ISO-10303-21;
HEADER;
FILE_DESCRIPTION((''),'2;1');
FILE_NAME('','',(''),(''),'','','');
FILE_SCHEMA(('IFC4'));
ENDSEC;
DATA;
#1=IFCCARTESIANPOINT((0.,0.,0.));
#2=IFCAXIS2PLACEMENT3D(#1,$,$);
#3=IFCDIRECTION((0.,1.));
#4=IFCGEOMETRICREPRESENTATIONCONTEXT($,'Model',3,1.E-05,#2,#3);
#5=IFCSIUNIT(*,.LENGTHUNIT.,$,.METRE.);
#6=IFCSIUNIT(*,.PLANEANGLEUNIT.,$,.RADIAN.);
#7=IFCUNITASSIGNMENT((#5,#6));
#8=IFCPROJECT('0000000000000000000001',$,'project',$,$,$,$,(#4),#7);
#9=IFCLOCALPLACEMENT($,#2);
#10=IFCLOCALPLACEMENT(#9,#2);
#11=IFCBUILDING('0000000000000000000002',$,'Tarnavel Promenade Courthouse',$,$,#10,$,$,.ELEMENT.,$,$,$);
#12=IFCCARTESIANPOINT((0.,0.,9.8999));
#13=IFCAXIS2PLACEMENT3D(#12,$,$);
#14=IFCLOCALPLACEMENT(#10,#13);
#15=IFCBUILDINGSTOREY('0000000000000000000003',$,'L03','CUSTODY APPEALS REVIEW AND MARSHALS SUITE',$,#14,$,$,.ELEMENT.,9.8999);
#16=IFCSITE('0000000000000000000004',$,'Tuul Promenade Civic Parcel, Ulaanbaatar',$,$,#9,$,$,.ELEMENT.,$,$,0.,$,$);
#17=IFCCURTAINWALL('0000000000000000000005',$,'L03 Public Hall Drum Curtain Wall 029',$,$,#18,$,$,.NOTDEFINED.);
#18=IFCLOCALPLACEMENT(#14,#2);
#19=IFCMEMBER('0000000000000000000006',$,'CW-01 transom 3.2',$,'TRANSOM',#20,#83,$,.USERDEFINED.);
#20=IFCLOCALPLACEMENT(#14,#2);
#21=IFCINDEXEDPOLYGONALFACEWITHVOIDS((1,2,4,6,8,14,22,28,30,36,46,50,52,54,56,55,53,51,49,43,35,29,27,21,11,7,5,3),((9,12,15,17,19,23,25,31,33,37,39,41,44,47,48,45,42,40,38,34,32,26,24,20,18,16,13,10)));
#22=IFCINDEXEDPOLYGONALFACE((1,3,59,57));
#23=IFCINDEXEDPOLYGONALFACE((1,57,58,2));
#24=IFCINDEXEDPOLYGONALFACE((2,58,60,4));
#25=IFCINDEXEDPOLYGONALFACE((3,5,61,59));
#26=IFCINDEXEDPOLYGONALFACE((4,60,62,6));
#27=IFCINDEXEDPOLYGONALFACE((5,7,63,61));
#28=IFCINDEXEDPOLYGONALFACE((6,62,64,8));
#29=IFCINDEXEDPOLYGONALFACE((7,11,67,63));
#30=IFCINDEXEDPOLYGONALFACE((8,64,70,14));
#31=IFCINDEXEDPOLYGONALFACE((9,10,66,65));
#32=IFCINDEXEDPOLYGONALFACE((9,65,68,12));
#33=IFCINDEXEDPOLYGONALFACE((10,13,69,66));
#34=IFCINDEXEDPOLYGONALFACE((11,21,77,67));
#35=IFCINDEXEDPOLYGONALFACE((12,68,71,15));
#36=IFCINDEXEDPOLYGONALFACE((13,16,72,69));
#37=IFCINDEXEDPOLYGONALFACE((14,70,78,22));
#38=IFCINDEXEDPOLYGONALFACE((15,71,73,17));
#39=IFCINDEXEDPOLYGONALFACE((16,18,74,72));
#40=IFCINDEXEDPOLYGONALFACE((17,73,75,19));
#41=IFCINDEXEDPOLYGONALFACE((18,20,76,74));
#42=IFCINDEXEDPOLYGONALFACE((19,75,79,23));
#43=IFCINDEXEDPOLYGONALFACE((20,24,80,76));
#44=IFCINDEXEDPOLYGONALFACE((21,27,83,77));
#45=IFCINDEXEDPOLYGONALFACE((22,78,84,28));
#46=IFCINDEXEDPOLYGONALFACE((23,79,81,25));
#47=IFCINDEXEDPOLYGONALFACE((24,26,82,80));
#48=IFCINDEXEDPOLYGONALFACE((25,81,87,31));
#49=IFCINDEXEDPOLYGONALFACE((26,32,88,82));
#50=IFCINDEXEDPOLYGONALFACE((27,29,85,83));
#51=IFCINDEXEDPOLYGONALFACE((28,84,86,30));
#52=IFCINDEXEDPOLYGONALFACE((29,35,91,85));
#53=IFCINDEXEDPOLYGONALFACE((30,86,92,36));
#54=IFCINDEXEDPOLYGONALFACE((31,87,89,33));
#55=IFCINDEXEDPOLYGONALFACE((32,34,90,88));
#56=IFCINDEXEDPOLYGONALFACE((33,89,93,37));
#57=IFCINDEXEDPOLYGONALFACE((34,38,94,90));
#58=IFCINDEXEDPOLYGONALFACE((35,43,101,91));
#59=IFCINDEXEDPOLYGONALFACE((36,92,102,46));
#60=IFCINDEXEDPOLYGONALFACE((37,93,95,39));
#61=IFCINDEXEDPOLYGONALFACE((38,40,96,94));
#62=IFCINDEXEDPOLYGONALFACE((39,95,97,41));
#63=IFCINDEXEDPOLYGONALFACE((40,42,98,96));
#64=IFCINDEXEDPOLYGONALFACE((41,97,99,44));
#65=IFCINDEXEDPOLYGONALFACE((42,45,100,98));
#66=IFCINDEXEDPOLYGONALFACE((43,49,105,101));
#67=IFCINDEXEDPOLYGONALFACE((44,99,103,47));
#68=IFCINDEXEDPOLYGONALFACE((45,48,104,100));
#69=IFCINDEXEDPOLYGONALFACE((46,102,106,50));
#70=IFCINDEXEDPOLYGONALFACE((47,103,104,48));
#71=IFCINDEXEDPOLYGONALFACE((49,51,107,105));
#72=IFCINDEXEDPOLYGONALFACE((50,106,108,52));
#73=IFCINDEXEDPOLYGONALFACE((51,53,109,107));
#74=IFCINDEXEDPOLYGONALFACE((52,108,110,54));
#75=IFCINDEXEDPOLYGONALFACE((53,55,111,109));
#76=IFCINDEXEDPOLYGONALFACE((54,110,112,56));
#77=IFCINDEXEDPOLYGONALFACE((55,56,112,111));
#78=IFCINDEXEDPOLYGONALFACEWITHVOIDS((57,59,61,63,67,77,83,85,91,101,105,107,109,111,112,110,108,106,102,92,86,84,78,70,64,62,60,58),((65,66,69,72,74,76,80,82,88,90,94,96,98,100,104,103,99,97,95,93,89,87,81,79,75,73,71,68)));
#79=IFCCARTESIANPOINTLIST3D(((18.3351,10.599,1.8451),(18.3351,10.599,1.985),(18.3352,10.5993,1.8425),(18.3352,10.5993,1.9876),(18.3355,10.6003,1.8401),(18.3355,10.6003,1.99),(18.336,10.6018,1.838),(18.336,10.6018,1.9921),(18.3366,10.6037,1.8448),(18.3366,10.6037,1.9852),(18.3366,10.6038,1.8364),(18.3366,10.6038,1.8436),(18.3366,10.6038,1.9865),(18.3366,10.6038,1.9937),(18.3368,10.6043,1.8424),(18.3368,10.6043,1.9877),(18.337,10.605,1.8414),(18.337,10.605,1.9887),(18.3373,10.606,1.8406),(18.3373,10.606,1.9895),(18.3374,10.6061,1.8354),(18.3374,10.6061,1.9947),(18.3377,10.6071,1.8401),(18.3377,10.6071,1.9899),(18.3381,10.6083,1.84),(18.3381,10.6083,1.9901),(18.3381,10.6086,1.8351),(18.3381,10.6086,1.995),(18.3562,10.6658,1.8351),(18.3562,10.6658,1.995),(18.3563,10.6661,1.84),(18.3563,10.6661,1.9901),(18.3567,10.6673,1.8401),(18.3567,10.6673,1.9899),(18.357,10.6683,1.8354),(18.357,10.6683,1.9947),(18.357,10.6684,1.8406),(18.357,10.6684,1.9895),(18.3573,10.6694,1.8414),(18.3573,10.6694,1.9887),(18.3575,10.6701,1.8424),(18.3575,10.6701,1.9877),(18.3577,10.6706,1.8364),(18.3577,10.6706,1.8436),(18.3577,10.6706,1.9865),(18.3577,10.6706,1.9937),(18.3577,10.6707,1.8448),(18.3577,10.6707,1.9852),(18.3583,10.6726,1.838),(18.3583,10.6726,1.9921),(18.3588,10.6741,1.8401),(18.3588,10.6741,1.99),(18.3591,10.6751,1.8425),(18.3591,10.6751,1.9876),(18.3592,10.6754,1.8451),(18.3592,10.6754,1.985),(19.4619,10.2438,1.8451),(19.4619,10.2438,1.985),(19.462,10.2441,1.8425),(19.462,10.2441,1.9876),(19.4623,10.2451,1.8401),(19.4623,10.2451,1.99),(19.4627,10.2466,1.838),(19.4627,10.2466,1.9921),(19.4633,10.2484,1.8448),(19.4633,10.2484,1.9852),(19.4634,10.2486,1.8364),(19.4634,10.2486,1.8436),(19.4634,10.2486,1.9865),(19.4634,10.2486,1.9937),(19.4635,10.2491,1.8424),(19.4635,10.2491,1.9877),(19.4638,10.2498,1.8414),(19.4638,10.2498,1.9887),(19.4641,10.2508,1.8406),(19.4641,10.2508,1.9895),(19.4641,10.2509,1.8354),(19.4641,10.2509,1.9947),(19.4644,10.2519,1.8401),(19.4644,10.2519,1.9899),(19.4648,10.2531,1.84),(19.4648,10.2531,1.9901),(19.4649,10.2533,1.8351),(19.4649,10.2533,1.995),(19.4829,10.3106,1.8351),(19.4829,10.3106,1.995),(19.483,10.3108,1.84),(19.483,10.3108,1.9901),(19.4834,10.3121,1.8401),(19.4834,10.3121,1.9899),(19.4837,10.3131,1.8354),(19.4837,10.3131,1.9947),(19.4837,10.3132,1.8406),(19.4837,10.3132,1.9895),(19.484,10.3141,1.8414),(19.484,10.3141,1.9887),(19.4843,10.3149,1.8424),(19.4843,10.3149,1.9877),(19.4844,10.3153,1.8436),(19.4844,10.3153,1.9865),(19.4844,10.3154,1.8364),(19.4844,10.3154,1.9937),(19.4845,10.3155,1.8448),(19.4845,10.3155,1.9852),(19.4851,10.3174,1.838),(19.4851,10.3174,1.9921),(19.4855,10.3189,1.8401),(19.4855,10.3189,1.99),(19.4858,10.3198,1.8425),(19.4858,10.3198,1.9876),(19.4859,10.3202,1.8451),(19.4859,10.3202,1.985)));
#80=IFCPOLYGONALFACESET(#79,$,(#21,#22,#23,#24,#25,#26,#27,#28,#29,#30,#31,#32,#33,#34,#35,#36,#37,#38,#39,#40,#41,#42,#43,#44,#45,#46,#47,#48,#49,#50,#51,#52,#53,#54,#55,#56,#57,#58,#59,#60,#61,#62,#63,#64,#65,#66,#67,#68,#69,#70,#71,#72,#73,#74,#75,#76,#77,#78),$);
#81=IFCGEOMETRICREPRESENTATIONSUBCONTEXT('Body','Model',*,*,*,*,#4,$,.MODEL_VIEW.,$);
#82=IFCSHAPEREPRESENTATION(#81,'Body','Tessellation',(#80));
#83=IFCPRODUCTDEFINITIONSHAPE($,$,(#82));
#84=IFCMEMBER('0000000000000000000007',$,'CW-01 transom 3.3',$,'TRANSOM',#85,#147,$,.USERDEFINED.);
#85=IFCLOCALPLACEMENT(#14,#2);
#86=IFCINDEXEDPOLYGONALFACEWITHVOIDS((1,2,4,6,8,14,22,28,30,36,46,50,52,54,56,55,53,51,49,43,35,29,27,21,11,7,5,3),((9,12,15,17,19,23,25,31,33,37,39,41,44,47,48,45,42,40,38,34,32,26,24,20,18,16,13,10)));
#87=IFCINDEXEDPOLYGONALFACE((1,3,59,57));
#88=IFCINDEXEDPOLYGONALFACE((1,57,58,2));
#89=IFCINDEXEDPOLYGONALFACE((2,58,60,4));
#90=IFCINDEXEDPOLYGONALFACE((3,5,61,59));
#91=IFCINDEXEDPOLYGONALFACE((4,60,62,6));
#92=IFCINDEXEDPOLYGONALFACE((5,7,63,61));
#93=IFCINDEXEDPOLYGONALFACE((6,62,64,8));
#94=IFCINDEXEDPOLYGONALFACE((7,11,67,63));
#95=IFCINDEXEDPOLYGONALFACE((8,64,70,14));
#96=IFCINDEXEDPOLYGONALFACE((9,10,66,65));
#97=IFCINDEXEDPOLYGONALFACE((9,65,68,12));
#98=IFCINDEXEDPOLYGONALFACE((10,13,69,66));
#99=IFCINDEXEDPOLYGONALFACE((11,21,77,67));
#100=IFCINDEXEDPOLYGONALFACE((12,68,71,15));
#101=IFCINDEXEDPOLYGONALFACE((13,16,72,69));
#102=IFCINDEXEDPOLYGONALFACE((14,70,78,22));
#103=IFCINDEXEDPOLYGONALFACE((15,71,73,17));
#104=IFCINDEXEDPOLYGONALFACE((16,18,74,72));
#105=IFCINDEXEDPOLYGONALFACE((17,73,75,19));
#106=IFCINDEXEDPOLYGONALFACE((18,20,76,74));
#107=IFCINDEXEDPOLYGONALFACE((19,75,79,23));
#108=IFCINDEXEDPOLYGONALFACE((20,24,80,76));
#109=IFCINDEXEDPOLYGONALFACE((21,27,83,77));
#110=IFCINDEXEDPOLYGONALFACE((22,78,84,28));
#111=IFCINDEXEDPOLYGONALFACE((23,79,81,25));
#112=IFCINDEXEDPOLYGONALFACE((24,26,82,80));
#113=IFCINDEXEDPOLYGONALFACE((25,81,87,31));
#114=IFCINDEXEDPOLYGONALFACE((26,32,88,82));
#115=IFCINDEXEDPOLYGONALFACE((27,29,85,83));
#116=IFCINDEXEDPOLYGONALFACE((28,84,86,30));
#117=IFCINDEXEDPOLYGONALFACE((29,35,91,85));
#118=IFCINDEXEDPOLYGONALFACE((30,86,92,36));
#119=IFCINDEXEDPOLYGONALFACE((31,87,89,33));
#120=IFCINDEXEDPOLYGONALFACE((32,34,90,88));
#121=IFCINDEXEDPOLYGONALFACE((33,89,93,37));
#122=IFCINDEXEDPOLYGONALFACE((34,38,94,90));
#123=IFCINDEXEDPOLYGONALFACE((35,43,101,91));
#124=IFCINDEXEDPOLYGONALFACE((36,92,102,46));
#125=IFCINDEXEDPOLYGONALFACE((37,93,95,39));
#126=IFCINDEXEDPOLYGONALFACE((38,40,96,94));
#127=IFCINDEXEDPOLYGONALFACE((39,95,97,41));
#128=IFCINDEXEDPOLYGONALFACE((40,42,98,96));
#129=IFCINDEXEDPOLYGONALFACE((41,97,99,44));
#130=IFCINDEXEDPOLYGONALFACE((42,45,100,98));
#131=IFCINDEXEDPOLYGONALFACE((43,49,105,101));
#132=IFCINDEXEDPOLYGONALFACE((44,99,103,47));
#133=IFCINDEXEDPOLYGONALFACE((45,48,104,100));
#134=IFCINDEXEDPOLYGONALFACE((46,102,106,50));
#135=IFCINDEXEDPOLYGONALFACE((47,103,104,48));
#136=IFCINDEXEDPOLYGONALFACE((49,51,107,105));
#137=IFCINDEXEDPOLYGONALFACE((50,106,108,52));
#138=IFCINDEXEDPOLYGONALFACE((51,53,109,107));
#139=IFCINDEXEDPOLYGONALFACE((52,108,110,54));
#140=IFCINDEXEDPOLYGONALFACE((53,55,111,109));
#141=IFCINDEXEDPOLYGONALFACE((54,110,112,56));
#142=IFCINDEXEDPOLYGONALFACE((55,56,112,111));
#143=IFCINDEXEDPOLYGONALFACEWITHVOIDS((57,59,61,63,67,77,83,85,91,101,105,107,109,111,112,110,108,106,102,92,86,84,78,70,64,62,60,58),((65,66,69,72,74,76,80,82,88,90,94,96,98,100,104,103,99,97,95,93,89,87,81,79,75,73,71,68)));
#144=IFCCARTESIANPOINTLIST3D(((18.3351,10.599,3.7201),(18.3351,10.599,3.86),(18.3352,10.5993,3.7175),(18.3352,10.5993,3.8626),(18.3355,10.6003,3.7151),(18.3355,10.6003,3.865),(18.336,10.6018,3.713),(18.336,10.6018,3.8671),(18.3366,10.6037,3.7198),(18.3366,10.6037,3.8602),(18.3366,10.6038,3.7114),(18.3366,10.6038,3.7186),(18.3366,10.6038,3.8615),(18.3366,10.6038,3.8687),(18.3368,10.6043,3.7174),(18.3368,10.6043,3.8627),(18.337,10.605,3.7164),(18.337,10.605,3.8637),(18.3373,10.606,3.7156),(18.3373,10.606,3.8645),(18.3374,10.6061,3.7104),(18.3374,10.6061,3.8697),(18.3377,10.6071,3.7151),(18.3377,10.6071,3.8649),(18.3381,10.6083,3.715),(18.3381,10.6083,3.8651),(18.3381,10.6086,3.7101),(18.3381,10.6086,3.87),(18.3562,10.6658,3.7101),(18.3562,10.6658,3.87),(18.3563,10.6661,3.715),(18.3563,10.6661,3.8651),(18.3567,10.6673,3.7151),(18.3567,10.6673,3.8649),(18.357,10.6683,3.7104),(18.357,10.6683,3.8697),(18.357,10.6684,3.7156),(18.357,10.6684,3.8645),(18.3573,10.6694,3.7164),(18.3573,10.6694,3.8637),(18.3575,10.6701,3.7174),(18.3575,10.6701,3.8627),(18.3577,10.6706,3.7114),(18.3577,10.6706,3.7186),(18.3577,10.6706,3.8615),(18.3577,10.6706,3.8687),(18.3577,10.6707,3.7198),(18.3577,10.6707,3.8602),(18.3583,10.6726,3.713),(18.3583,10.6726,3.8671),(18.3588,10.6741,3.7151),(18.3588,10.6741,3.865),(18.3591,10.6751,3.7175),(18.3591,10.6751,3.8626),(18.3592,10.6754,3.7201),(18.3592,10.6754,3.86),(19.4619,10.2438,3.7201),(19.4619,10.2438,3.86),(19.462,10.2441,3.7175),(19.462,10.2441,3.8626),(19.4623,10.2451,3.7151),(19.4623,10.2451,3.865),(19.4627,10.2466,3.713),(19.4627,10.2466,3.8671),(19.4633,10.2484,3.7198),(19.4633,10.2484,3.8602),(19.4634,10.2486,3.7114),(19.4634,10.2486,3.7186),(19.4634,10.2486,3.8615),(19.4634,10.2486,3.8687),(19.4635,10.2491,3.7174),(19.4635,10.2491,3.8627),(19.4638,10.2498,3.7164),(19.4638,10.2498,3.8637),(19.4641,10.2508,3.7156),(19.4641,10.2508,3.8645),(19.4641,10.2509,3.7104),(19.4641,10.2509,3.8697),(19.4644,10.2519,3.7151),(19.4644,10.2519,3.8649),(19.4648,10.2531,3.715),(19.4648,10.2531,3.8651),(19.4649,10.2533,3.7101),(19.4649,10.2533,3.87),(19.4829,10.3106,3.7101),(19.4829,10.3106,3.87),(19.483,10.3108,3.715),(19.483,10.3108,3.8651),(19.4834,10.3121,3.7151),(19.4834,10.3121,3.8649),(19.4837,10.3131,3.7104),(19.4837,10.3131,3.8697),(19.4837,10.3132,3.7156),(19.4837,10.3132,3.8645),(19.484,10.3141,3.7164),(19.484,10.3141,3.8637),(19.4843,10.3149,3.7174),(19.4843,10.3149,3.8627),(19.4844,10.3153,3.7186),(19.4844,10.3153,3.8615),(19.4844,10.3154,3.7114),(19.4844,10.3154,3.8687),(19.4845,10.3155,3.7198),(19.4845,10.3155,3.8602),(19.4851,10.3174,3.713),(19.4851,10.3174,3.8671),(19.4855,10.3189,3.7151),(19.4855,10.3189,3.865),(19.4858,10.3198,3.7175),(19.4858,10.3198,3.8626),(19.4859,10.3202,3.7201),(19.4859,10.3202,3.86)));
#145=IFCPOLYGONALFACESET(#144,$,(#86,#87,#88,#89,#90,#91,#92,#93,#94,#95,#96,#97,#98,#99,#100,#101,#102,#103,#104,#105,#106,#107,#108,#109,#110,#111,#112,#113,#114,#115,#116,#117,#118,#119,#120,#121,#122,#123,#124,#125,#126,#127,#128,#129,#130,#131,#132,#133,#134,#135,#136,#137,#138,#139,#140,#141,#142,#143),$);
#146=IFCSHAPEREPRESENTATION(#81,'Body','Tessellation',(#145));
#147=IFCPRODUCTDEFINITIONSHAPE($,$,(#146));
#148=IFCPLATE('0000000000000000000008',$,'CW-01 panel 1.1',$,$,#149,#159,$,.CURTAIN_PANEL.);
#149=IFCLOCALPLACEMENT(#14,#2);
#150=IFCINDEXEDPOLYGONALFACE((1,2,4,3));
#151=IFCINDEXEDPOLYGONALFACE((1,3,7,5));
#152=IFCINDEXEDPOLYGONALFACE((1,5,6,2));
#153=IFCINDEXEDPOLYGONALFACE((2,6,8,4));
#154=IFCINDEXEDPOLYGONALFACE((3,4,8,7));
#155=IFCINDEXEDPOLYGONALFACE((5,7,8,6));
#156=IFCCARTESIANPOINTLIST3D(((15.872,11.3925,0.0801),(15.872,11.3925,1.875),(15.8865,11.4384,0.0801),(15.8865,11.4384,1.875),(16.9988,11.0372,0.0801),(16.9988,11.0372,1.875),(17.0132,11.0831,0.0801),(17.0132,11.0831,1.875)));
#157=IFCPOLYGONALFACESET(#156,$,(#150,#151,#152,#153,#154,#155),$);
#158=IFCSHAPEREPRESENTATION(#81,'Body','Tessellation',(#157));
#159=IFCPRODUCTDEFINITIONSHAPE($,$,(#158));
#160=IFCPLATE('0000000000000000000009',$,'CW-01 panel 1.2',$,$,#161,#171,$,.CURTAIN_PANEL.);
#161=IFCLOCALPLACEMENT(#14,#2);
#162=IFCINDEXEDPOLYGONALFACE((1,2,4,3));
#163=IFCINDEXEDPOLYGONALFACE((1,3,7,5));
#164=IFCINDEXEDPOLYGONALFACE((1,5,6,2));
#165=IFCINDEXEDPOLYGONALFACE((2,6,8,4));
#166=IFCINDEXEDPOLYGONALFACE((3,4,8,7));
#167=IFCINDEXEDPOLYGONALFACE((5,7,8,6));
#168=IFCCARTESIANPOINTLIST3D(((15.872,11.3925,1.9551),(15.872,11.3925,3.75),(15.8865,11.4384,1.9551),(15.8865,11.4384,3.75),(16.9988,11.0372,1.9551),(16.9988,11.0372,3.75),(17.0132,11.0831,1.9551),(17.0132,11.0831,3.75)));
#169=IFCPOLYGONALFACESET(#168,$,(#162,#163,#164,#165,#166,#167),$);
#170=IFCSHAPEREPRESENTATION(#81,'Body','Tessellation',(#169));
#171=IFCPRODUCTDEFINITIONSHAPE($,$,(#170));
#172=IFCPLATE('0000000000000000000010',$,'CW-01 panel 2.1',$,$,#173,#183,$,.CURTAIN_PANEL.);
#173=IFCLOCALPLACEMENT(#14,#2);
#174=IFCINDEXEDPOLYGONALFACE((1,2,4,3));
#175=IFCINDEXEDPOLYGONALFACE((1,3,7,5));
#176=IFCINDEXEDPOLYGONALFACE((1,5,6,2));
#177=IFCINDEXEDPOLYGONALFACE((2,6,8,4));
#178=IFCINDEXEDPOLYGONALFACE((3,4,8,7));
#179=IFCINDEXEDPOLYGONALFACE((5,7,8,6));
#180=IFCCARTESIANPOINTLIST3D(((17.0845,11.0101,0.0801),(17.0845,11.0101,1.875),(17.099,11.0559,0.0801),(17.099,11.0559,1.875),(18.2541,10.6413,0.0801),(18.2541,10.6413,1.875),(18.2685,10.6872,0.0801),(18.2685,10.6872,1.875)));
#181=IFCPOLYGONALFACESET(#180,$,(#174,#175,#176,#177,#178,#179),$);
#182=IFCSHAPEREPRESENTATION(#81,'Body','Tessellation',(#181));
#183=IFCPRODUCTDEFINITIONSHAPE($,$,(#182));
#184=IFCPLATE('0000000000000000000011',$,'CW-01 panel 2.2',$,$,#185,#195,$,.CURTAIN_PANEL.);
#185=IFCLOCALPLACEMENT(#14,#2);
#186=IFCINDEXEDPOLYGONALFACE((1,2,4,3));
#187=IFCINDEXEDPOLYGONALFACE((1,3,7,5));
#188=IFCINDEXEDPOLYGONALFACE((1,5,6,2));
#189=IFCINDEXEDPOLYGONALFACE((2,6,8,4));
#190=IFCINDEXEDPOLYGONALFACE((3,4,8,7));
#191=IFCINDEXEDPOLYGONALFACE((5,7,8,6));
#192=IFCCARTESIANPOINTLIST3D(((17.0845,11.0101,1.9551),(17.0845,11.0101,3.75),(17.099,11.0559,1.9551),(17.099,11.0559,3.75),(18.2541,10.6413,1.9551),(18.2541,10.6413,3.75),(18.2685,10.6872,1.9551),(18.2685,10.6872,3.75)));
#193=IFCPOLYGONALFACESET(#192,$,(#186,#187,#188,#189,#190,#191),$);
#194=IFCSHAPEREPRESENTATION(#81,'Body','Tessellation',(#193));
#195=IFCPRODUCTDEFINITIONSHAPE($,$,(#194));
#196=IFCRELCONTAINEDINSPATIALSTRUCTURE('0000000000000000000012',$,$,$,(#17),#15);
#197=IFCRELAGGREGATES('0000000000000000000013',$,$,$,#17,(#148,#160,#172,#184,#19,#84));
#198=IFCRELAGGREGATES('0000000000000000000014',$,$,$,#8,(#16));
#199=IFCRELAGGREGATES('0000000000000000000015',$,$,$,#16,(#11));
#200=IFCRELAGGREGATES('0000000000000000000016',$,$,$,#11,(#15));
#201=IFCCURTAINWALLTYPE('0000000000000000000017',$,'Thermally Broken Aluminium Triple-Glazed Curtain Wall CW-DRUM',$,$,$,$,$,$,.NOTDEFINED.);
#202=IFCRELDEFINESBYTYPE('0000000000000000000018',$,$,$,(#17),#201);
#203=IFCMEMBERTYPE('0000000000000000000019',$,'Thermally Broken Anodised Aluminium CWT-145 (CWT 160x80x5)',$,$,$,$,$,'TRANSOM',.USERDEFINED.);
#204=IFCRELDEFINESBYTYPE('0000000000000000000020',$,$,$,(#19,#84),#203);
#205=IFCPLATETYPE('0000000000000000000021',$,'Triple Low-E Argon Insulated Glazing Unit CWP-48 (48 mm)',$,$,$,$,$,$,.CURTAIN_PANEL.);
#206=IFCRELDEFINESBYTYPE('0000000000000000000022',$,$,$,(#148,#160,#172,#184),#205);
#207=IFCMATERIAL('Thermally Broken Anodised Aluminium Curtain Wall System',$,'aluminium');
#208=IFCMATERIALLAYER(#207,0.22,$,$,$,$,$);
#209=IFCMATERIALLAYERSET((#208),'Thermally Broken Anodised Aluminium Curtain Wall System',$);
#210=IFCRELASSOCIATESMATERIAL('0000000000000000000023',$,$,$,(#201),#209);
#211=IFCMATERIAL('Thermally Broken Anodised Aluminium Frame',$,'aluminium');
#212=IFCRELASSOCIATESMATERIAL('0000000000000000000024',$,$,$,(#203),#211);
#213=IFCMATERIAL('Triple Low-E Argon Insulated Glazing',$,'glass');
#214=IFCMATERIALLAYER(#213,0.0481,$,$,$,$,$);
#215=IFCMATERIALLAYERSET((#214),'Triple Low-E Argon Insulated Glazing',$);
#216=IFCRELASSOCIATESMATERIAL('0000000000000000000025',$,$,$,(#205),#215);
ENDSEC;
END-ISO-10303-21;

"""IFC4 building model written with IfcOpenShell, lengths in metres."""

from ifc_helpers import new_model, si_unit, direction, frame, origin, origin_2d, place, context, subcontext, project, spatial, rectangle, hollow_rectangle, extrude, material, layer, layer_set, material_profile, profile_set, type_object, element, aggregate, save


model = new_model("IFC4")

# Units and contexts
model_context = context("Model", 3, precision=1e-05, world=origin(), true_north=direction((0.0, 1.0)))
body_context = subcontext(model_context, "Body", "Model", "MODEL_VIEW")
ifc_project = project(units=[si_unit("LENGTHUNIT", "METRE"), si_unit("PLANEANGLEUNIT", "RADIAN")], contexts=[model_context])

# Site, building, storey
site_placement = place(None, origin())
site = spatial("IfcSite", under=ifc_project, at=site_placement, Name="Tuul Promenade Civic Parcel, Ulaanbaatar", CompositionType="ELEMENT", RefElevation=0.0)
building_placement = place(site_placement, origin())
building = spatial("IfcBuilding", under=site, at=building_placement, Name="Tarnavel Promenade Courthouse", CompositionType="ELEMENT")
storey_placement = place(building_placement, frame((0.0, 0.0, 9.8999)))
storey = spatial("IfcBuildingStorey", under=building, at=storey_placement, Name="L03", Description="CUSTODY APPEALS REVIEW AND MARSHALS SUITE", CompositionType="ELEMENT", Elevation=9.8999)

# Shared definitions
ifc_material_1 = material(Name="Thermally Broken Anodised Aluminium Curtain Wall System", Category="aluminium")
ifc_layer_1 = layer(ifc_material_1, 0.22)
ifc_layer_set_1 = layer_set([ifc_layer_1], Name="Thermally Broken Anodised Aluminium Curtain Wall System")
curtain_wall_type = type_object("IfcCurtainWallType", Name="Thermally Broken Aluminium Triple-Glazed Curtain Wall CW-DRUM", PredefinedType="NOTDEFINED", material=ifc_layer_set_1)
ifc_material_2 = material(Name="Thermally Broken Anodised Aluminium Frame", Category="aluminium")

# Curtain wall, members, plates
curtain_wall_1_placement = place(storey_placement, origin())
curtain_wall_1 = element("IfcCurtainWall", 1, at=curtain_wall_1_placement, inside=storey, type_object=curtain_wall_type, Name="L03 Public Hall Drum Curtain Wall 029", PredefinedType="NOTDEFINED")
ifc_material_profile_1 = material_profile(ifc_material_2, hollow_rectangle(XDim=0.0801, YDim=0.1599, WallThickness=0.0049, InnerFilletRadius=0.0049, OuterFilletRadius=0.01, at=origin_2d()), Name="CWT 160x80x5")
ifc_profile_set_1 = profile_set([ifc_material_profile_1], Name="Thermally Broken Anodised Aluminium Frame")
member_type_1 = type_object("IfcMemberType", Name="Thermally Broken Anodised Aluminium CWT-145 (CWT 160x80x5)", ElementType="TRANSOM", PredefinedType="USERDEFINED", material=ifc_profile_set_1)
member_1_placement = place(storey_placement, frame((18.3472, 10.6372, 1.915), z_axis=(0.953723, -0.300686, 0.0), x_axis=(0.300686, 0.953723, 0.0)))
member_1 = element("IfcMember", 2, at=member_1_placement, type_object=member_type_1, Name="CW-01 transom 3.2", ObjectType="TRANSOM", PredefinedType="USERDEFINED", context=body_context, shape_type="SweptSolid", body=[
    extrude(hollow_rectangle(XDim=0.0801, YDim=0.1599, WallThickness=0.0049, InnerFilletRadius=0.0049, OuterFilletRadius=0.01, at=origin_2d()), origin(), (0.0, 0.0, 1.0), 1.1814),
])
member_2_placement = place(storey_placement, frame((18.3472, 10.6372, 3.79), z_axis=(0.953723, -0.300686, 0.0), x_axis=(0.300686, 0.953723, 0.0)))
member_2 = element("IfcMember", 3, at=member_2_placement, type_object=member_type_1, Name="CW-01 transom 3.3", ObjectType="TRANSOM", PredefinedType="USERDEFINED", context=body_context, shape_type="SweptSolid", body=[
    extrude(hollow_rectangle(XDim=0.0801, YDim=0.1599, WallThickness=0.0049, InnerFilletRadius=0.0049, OuterFilletRadius=0.01, at=origin_2d()), origin(), (0.0, 0.0, 1.0), 1.1814),
])
ifc_material_3 = material(Name="Triple Low-E Argon Insulated Glazing", Category="glass")
ifc_layer_2 = layer(ifc_material_3, 0.0481)
ifc_layer_set_2 = layer_set([ifc_layer_2], Name="Triple Low-E Argon Insulated Glazing")
plate_type = type_object("IfcPlateType", Name="Triple Low-E Argon Insulated Glazing Unit CWP-48 (48 mm)", PredefinedType="CURTAIN_PANEL", material=ifc_layer_set_2)
plate_1_placement = place(storey_placement, frame((16.4426, 11.2378, 0.0801), z_axis=(0.0, 0.0, 1.0), x_axis=(0.953717, -0.300705, 0.0)))
plate_1 = element("IfcPlate", 4, at=plate_1_placement, type_object=plate_type, Name="CW-01 panel 1.1", PredefinedType="CURTAIN_PANEL", context=body_context, shape_type="SweptSolid", body=[
    extrude(rectangle(XDim=1.1814, YDim=0.0481, at=origin_2d()), origin(), (0.0, 0.0, 1.0), 1.7949),
])
plate_2_placement = place(storey_placement, frame((16.4426, 11.2378, 1.9551), z_axis=(0.0, 0.0, 1.0), x_axis=(0.953717, -0.300705, 0.0)))
plate_2 = element("IfcPlate", 5, at=plate_2_placement, type_object=plate_type, Name="CW-01 panel 1.2", PredefinedType="CURTAIN_PANEL", context=body_context, shape_type="SweptSolid", body=[
    extrude(rectangle(XDim=1.1814, YDim=0.0481, at=origin_2d()), origin(), (0.0, 0.0, 1.0), 1.7949),
])
plate_3_placement = place(storey_placement, frame((17.6765, 10.8486, 0.0801), z_axis=(0.0, 0.0, 1.0), x_axis=(0.953717, -0.300705, 0.0)))
plate_3 = element("IfcPlate", 6, at=plate_3_placement, type_object=plate_type, Name="CW-01 panel 2.1", PredefinedType="CURTAIN_PANEL", context=body_context, shape_type="SweptSolid", body=[
    extrude(rectangle(XDim=1.2263, YDim=0.0481, at=origin_2d()), origin(), (0.0, 0.0, 1.0), 1.7949),
])
plate_4_placement = place(storey_placement, frame((17.6765, 10.8486, 1.9551), z_axis=(0.0, 0.0, 1.0), x_axis=(0.953717, -0.300705, 0.0)))
plate_4 = element("IfcPlate", 7, at=plate_4_placement, type_object=plate_type, Name="CW-01 panel 2.2", PredefinedType="CURTAIN_PANEL", context=body_context, shape_type="SweptSolid", body=[
    extrude(rectangle(XDim=1.2263, YDim=0.0481, at=origin_2d()), origin(), (0.0, 0.0, 1.0), 1.7949),
])
aggregate(curtain_wall_1, [plate_1, plate_2, plate_3, plate_4, member_1, member_2])

save(model, "model.ifc")
